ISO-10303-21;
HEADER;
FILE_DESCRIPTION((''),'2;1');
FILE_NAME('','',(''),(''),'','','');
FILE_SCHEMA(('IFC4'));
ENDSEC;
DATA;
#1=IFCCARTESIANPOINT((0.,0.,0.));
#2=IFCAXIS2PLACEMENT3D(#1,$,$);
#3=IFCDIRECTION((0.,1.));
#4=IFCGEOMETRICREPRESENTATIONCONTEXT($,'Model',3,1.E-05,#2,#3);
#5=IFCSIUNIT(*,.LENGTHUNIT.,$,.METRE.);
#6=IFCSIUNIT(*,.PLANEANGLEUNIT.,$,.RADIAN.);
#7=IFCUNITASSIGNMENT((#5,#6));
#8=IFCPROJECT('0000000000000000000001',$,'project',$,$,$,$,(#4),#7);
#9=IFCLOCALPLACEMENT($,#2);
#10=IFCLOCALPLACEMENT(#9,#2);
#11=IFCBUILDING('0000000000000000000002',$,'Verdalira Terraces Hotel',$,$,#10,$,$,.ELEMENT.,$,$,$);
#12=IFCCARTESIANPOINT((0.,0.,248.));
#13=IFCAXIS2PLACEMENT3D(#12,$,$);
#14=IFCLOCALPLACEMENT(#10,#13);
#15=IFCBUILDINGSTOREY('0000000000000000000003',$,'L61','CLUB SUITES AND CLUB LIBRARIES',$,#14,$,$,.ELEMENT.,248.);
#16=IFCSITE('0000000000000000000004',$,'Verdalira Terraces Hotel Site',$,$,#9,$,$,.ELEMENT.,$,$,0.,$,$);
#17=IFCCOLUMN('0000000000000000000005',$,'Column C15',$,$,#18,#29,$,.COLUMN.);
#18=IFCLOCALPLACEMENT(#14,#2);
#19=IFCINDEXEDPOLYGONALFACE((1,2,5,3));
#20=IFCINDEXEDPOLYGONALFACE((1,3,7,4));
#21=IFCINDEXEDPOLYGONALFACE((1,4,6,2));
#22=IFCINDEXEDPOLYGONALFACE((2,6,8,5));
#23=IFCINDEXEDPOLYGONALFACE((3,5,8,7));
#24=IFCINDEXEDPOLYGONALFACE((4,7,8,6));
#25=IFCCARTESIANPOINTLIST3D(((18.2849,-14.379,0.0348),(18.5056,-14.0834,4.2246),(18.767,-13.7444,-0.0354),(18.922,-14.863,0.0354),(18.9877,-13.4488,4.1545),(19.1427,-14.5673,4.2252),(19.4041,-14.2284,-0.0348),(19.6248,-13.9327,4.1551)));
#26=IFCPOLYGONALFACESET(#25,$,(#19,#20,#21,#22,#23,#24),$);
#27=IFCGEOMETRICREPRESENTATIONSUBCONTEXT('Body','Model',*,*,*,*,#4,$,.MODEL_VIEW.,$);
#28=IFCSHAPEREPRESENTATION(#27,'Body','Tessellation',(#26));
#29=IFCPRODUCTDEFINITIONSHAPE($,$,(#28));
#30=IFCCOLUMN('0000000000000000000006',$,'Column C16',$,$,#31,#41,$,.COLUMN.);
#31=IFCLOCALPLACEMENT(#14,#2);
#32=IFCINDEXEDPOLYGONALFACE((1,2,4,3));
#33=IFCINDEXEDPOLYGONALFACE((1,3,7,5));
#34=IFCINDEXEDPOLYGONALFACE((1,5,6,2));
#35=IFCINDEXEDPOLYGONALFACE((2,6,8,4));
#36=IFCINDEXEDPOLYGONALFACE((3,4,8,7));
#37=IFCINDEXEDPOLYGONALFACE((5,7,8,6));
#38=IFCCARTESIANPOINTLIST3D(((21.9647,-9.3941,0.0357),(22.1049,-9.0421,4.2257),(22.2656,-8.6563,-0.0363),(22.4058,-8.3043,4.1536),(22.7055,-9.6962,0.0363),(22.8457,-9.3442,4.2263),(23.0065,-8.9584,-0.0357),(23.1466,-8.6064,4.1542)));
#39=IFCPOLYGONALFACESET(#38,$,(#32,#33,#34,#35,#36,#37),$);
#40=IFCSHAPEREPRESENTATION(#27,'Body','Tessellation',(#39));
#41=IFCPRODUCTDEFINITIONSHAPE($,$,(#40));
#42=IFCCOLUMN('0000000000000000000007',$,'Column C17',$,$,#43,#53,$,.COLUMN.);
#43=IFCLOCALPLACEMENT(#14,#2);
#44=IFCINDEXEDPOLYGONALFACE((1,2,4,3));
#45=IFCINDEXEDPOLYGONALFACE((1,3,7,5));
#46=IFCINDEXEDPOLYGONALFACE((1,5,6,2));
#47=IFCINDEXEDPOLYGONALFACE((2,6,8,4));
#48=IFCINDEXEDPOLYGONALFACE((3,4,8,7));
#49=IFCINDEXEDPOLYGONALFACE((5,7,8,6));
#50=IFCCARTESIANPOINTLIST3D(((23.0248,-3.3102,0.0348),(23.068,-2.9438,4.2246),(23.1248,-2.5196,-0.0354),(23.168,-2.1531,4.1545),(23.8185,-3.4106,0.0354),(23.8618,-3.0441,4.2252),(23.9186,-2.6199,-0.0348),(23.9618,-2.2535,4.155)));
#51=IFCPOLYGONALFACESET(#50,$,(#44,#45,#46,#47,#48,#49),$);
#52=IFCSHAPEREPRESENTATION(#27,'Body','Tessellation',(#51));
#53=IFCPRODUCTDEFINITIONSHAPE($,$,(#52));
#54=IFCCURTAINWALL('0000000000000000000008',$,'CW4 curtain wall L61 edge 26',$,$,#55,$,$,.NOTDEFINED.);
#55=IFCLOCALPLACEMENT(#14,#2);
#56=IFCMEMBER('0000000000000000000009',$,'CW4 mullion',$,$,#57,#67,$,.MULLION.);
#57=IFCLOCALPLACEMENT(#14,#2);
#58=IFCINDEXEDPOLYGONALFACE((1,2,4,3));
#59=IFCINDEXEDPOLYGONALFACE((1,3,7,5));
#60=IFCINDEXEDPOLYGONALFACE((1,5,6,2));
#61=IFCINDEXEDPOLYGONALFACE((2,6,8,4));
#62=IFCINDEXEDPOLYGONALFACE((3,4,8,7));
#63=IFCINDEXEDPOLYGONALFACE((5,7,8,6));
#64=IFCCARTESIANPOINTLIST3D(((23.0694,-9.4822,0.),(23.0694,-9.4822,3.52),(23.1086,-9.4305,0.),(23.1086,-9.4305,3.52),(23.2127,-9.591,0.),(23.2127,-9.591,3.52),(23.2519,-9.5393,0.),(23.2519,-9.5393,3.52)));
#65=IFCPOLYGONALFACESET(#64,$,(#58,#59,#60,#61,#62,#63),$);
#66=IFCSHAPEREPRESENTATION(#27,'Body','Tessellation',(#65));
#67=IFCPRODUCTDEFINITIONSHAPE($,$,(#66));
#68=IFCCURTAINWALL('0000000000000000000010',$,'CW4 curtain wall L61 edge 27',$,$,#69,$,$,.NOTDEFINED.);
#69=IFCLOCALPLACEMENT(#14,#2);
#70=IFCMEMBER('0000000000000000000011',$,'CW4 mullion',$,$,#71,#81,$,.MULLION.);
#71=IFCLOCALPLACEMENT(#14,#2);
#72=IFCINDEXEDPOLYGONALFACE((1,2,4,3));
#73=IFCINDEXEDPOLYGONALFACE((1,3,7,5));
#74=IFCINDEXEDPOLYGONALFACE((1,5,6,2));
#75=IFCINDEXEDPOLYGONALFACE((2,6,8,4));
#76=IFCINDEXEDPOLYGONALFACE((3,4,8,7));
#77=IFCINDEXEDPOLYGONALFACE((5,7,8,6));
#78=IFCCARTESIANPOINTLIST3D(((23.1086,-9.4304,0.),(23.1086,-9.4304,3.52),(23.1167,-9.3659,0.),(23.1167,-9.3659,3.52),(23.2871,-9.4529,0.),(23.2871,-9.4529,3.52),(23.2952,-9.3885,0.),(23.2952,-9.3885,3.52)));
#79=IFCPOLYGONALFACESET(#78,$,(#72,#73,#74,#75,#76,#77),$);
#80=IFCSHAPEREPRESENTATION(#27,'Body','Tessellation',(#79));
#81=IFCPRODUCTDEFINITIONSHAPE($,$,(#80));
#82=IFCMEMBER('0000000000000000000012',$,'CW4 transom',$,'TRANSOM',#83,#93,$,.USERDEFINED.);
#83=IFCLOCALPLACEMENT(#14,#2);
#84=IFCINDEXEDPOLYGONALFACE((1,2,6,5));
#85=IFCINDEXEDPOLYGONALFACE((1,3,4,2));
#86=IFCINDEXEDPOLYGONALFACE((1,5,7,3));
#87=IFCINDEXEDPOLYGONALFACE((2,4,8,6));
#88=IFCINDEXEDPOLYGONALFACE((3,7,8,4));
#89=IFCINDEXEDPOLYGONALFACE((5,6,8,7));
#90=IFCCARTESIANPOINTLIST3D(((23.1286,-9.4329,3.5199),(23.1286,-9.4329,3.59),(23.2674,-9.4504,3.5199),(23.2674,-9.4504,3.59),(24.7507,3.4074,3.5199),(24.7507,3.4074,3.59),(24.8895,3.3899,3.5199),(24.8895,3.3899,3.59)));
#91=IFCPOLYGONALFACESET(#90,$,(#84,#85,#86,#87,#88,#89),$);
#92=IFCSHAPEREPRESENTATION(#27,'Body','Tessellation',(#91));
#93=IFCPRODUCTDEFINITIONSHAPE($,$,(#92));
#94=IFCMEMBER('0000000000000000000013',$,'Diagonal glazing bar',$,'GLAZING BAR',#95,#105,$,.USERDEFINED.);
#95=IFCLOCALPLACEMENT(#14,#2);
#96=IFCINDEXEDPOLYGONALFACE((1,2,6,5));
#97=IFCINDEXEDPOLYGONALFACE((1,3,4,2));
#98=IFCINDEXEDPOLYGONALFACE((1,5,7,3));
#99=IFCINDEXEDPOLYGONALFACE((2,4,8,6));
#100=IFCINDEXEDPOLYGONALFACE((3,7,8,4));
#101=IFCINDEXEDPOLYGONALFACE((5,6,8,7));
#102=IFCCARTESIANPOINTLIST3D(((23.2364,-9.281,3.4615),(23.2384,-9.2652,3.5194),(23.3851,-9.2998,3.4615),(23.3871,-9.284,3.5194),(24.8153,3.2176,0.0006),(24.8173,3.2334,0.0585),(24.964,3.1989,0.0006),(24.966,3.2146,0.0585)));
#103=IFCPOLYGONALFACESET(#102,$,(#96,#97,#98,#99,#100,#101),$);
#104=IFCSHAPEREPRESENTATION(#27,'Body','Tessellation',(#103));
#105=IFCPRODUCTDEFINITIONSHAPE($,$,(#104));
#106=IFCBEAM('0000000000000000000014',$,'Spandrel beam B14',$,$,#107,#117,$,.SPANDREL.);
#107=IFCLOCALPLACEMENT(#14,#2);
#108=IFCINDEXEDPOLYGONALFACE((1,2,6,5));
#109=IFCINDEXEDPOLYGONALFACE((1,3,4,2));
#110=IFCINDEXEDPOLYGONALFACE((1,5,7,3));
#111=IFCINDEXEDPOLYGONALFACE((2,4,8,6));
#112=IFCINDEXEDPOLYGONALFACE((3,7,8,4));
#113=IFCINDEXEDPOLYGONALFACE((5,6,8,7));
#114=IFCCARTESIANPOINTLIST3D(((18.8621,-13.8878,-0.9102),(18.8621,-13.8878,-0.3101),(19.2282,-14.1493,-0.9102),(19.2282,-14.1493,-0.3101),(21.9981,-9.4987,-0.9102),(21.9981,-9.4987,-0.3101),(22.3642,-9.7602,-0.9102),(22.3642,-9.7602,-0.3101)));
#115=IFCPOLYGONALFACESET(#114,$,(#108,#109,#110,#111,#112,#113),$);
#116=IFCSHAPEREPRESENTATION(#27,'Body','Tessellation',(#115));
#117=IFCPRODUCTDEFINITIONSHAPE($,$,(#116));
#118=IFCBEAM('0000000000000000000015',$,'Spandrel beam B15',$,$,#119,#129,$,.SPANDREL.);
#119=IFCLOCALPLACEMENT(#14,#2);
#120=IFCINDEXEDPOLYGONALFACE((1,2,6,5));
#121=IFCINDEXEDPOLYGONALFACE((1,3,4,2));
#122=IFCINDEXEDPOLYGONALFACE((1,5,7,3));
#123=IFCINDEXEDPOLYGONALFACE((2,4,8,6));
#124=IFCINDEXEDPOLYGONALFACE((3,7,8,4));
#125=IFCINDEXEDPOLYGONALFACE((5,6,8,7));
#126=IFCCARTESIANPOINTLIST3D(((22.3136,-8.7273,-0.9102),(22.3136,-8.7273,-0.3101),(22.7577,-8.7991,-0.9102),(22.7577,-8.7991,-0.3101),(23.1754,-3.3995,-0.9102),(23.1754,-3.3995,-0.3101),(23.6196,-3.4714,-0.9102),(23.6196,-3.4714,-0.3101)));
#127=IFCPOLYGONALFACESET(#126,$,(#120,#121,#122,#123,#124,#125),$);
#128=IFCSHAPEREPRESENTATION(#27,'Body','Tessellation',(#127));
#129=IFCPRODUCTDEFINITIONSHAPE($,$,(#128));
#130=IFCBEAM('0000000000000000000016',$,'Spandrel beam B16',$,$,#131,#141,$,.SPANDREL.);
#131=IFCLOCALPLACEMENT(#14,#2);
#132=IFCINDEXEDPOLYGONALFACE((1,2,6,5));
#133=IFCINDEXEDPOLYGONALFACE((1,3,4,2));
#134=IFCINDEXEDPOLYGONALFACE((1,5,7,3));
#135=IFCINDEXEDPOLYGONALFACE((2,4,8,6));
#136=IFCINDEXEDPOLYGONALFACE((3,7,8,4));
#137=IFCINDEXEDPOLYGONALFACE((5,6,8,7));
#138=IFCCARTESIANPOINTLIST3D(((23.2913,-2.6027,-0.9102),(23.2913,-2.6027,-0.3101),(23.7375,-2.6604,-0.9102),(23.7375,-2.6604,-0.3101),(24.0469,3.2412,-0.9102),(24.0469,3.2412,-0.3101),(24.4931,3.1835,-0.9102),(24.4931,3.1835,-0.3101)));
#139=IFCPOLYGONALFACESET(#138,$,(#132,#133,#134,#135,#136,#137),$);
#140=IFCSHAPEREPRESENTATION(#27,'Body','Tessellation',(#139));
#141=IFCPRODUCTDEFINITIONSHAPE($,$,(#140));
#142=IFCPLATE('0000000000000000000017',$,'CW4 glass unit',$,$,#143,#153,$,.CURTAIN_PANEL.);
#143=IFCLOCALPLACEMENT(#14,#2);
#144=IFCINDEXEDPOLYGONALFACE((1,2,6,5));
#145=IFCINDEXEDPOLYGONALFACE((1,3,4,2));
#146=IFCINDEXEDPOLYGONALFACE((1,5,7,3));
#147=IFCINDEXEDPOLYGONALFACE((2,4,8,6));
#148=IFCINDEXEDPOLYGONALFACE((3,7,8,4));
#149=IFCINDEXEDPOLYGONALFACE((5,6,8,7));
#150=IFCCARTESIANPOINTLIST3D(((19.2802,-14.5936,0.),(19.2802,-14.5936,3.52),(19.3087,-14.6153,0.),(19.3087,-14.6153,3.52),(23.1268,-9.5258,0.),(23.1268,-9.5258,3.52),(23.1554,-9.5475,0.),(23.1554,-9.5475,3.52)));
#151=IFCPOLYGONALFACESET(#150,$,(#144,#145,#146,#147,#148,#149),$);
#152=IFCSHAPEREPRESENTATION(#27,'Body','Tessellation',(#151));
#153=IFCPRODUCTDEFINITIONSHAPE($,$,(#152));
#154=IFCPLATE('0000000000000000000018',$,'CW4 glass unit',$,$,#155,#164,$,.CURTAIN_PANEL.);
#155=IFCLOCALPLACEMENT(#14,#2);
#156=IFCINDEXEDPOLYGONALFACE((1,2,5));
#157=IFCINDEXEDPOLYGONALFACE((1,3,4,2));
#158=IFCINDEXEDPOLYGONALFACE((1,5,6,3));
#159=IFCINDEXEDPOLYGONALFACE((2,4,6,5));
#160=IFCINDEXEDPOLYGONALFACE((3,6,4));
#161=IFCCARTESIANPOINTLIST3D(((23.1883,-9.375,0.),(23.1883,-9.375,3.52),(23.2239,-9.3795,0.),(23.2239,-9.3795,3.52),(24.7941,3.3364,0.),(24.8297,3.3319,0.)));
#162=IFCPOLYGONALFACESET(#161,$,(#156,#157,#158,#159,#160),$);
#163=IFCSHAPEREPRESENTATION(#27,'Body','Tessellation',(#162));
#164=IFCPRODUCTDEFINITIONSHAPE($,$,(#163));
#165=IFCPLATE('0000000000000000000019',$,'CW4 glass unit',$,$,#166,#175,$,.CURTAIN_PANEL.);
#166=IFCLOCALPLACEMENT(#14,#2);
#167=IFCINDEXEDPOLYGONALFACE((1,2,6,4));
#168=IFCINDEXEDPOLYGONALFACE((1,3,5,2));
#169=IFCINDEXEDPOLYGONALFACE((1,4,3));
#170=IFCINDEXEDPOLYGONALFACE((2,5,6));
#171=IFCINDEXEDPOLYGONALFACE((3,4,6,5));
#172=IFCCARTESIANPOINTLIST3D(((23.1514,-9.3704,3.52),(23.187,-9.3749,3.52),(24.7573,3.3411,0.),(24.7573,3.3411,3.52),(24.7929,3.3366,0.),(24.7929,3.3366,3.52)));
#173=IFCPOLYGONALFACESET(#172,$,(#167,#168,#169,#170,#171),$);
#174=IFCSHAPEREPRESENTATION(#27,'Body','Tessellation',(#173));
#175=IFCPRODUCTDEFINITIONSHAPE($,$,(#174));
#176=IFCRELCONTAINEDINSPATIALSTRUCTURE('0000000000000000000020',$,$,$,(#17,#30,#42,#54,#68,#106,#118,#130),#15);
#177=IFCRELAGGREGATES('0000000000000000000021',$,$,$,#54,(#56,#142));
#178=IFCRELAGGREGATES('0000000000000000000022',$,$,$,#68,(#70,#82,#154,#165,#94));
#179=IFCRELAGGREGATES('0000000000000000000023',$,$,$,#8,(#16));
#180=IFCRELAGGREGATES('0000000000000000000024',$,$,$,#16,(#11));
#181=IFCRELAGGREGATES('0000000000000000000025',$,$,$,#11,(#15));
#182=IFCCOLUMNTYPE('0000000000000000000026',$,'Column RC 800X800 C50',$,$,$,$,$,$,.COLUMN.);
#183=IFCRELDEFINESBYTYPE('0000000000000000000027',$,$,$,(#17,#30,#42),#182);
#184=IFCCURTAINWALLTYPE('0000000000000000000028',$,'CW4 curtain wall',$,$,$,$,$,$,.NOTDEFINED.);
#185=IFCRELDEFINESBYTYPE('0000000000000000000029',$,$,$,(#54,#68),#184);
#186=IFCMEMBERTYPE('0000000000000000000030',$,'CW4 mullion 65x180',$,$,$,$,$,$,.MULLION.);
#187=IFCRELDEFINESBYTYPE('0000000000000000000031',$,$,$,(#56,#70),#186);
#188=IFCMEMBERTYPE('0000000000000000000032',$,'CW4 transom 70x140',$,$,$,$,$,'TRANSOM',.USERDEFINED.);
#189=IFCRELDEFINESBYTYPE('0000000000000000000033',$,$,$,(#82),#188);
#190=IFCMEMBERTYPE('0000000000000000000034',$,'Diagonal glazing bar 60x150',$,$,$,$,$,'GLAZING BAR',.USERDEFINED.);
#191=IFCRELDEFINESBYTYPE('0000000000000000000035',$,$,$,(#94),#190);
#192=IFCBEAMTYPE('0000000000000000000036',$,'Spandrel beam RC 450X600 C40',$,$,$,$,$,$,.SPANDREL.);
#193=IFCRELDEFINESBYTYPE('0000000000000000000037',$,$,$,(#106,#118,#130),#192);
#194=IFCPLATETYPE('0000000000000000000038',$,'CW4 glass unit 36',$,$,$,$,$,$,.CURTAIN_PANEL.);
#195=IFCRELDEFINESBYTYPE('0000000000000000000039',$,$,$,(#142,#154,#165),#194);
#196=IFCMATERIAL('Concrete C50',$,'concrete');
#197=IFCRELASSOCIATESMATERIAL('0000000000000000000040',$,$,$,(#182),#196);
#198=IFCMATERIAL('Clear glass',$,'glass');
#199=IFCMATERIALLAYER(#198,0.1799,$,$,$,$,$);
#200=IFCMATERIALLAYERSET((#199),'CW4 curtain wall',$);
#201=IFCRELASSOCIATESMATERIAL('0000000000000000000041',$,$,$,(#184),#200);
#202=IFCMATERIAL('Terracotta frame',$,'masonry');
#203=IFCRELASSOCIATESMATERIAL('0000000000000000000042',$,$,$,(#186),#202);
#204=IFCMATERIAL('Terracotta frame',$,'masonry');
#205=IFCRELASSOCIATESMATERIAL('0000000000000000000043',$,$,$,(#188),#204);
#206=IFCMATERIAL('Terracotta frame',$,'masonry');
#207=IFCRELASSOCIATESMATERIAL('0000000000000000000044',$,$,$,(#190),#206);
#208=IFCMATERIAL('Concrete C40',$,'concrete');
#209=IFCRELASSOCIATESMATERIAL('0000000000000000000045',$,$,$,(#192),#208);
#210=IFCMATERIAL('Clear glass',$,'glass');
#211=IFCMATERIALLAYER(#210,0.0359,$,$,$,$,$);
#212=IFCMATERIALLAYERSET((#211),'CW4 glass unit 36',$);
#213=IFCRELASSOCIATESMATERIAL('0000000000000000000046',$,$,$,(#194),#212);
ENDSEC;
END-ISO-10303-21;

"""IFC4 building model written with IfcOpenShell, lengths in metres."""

from ifc_helpers import new_model, si_unit, direction, frame, origin, origin_2d, place, context, subcontext, project, spatial, polyline, rectangle, outline, extrude, material, layer, layer_set, material_profile, profile_set, type_object, element, aggregate, save


model = new_model("IFC4")

# Units and contexts
model_context = context("Model", 3, precision=1e-05, world=origin(), true_north=direction((0.0, 1.0)))
body_context = subcontext(model_context, "Body", "Model", "MODEL_VIEW")
ifc_project = project(units=[si_unit("LENGTHUNIT", "METRE"), si_unit("PLANEANGLEUNIT", "RADIAN")], contexts=[model_context])

# Site, building, storey
site_placement = place(None, origin())
site = spatial("IfcSite", under=ifc_project, at=site_placement, Name="Verdalira Terraces Hotel Site", CompositionType="ELEMENT", RefElevation=0.0)
building_placement = place(site_placement, origin())
building = spatial("IfcBuilding", under=site, at=building_placement, Name="Verdalira Terraces Hotel", CompositionType="ELEMENT")
storey_placement = place(building_placement, frame((0.0, 0.0, 248.0)))
storey = spatial("IfcBuildingStorey", under=building, at=storey_placement, Name="L61", Description="CLUB SUITES AND CLUB LIBRARIES", CompositionType="ELEMENT", Elevation=248.0)

# Columns
ifc_material_1 = material(Name="Concrete C50", Category="concrete")
ifc_material_profile_1 = material_profile(ifc_material_1, rectangle(XDim=0.8, YDim=0.8, at=origin_2d()), Name="RC 800X800")
ifc_profile_set_1 = profile_set([ifc_material_profile_1], Name="Concrete C50")
column_type = type_object("IfcColumnType", Name="Column RC 800X800 C50", PredefinedType="COLUMN", material=ifc_profile_set_1)
column_1_placement = place(storey_placement, frame((18.8445, -14.3037, 0.0), z_axis=(0.052471, 0.070291, 0.996146), x_axis=(0.602612, 0.7932, -0.087713)))
element("IfcColumn", 1, at=column_1_placement, inside=storey, type_object=column_type, Name="Column C15", PredefinedType="COLUMN", context=body_context, shape_type="SweptSolid", body=[
    extrude(rectangle(XDim=0.8, YDim=0.8, at=origin_2d()), origin(), (0.0, 0.0, 1.0), 4.2061),
])
column_2_placement = place(storey_placement, frame((22.4856, -9.1763, 0.0), z_axis=(0.03331, 0.083681, 0.995936), x_axis=(-0.376135, -0.922177, 0.090064)))
element("IfcColumn", 2, at=column_2_placement, inside=storey, type_object=column_type, Name="Column C16", PredefinedType="COLUMN", context=body_context, shape_type="SweptSolid", body=[
    extrude(rectangle(XDim=0.8, YDim=0.8, at=origin_2d()), origin(), (0.0, 0.0, 1.0), 4.207),
])
column_3_placement = place(storey_placement, frame((23.4717, -2.9651, 0.0), z_axis=(0.010274, 0.087123, 0.996145), x_axis=(0.125007, 0.98827, -0.087724)))
element("IfcColumn", 3, at=column_3_placement, inside=storey, type_object=column_type, Name="Column C17", PredefinedType="COLUMN", context=body_context, shape_type="SweptSolid", body=[
    extrude(rectangle(XDim=0.8, YDim=0.8, at=origin_2d()), origin(), (0.0, 0.0, 1.0), 4.2061),
])

# Curtain wall, member
ifc_material_2 = material(Name="Clear glass", Category="glass")
ifc_layer_1 = layer(ifc_material_2, 0.1799)
ifc_layer_set_1 = layer_set([ifc_layer_1], Name="CW4 curtain wall")
curtain_wall_type = type_object("IfcCurtainWallType", Name="CW4 curtain wall", PredefinedType="NOTDEFINED", material=ifc_layer_set_1)
curtain_wall_1_placement = place(storey_placement, origin())
curtain_wall_1 = element("IfcCurtainWall", 4, at=curtain_wall_1_placement, inside=storey, type_object=curtain_wall_type, Name="CW4 curtain wall L61 edge 26", PredefinedType="NOTDEFINED")
ifc_material_3 = material(Name="Terracotta frame", Category="masonry")
ifc_material_profile_2 = material_profile(ifc_material_3, rectangle(XDim=0.0649, YDim=0.1799, at=origin_2d()), Name="MU 65x180")
ifc_profile_set_2 = profile_set([ifc_material_profile_2], Name="Terracotta frame")
member_type_1 = type_object("IfcMemberType", Name="CW4 mullion 65x180", PredefinedType="MULLION", material=ifc_profile_set_2)
member_1_placement = place(storey_placement, frame((23.1606, -9.5107, 0.0), z_axis=(0.0, 0.0, 1.0), x_axis=(0.604599, 0.79653, 0.0)))
member_1 = element("IfcMember", 5, at=member_1_placement, type_object=member_type_1, Name="CW4 mullion", PredefinedType="MULLION", context=body_context, shape_type="SweptSolid", body=[
    extrude(rectangle(XDim=0.0649, YDim=0.1799, at=origin_2d()), origin(), (0.0, 0.0, 1.0), 3.52),
])

# Curtain wall, members
curtain_wall_2_placement = place(storey_placement, origin())
curtain_wall_2 = element("IfcCurtainWall", 6, at=curtain_wall_2_placement, inside=storey, type_object=curtain_wall_type, Name="CW4 curtain wall L61 edge 27", PredefinedType="NOTDEFINED")
member_2_placement = place(storey_placement, frame((23.2019, -9.4094, 0.0), z_axis=(0.0, 0.0, 1.0), x_axis=(0.125333, 0.992115, 0.0)))
member_2 = element("IfcMember", 7, at=member_2_placement, type_object=member_type_1, Name="CW4 mullion", PredefinedType="MULLION", context=body_context, shape_type="SweptSolid", body=[
    extrude(rectangle(XDim=0.0649, YDim=0.1799, at=origin_2d()), origin(), (0.0, 0.0, 1.0), 3.52),
])
ifc_material_4 = material(Name="Terracotta frame", Category="masonry")
ifc_material_profile_3 = material_profile(ifc_material_4, rectangle(XDim=0.1399, YDim=0.0701, at=origin_2d()), Name="TR 70x140")
ifc_profile_set_3 = profile_set([ifc_material_profile_3], Name="Terracotta frame")
member_type_2 = type_object("IfcMemberType", Name="CW4 transom 70x140", ElementType="TRANSOM", PredefinedType="USERDEFINED", material=ifc_profile_set_3)
member_3_placement = place(storey_placement, frame((23.198, -9.4416, 3.5549), z_axis=(0.12533, 0.992115, 0.0), x_axis=(-0.992115, 0.12533, 0.0)))
member_3 = element("IfcMember", 8, at=member_3_placement, type_object=member_type_2, Name="CW4 transom", ObjectType="TRANSOM", PredefinedType="USERDEFINED", context=body_context, shape_type="SweptSolid", body=[
    extrude(rectangle(XDim=0.1399, YDim=0.0701, at=origin_2d()), origin(), (0.0, 0.0, 1.0), 12.9424),
])
ifc_material_5 = material(Name="Terracotta frame", Category="masonry")
ifc_material_profile_4 = material_profile(ifc_material_5, rectangle(XDim=0.1499, YDim=0.0601, at=origin_2d()), Name="GB 60x150")
ifc_profile_set_4 = profile_set([ifc_material_profile_4], Name="Terracotta frame")
member_type_3 = type_object("IfcMemberType", Name="Diagonal glazing bar 60x150", ElementType="GLAZING BAR", PredefinedType="USERDEFINED", material=ifc_profile_set_4)
member_4_placement = place(storey_placement, frame((23.3118, -9.2825, 3.4905), z_axis=(0.12085, 0.95667, -0.264909), x_axis=(-0.992115, 0.125327, 0.0)))
member_4 = element("IfcMember", 9, at=member_4_placement, type_object=member_type_3, Name="Diagonal glazing bar", ObjectType="GLAZING BAR", PredefinedType="USERDEFINED", context=body_context, shape_type="SweptSolid", body=[
    extrude(rectangle(XDim=0.1499, YDim=0.0601, at=origin_2d()), origin(), (0.0, 0.0, 1.0), 13.0647),
])

# Beams
ifc_material_6 = material(Name="Concrete C40", Category="concrete")
ifc_material_profile_5 = material_profile(ifc_material_6, rectangle(XDim=0.45, YDim=0.6001, at=origin_2d()), Name="RC 450X600")
ifc_profile_set_5 = profile_set([ifc_material_profile_5], Name="Concrete C40")
beam_type = type_object("IfcBeamType", Name="Spandrel beam RC 450X600 C40", PredefinedType="SPANDREL", material=ifc_profile_set_5)
beam_1_placement = place(storey_placement, frame((19.0452, -14.0186, -0.6101), z_axis=(0.581345, 0.813657, 0.0), x_axis=(-0.813657, 0.581345, 0.0)))
element("IfcBeam", 10, at=beam_1_placement, inside=storey, type_object=beam_type, Name="Spandrel beam B14", PredefinedType="SPANDREL", context=body_context, shape_type="SweptSolid", body=[
    extrude(rectangle(XDim=0.45, YDim=0.6001, at=origin_2d()), origin(), (0.0, 0.0, 1.0), 5.3943),
])
beam_2_placement = place(storey_placement, frame((22.5356, -8.7632, -0.6101), z_axis=(0.159688, 0.987168, 0.0), x_axis=(-0.987168, 0.159688, 0.0)))
element("IfcBeam", 11, at=beam_2_placement, inside=storey, type_object=beam_type, Name="Spandrel beam B15", PredefinedType="SPANDREL", context=body_context, shape_type="SweptSolid", body=[
    extrude(rectangle(XDim=0.45, YDim=0.6001, at=origin_2d()), origin(), (0.0, 0.0, 1.0), 5.397),
])
beam_3_placement = place(storey_placement, frame((23.5144, -2.6316, -0.6101), z_axis=(0.12823, 0.991744, 0.0), x_axis=(-0.991744, 0.12823, 0.0)))
element("IfcBeam", 12, at=beam_3_placement, inside=storey, type_object=beam_type, Name="Spandrel beam B16", PredefinedType="SPANDREL", context=body_context, shape_type="SweptSolid", body=[
    extrude(rectangle(XDim=0.45, YDim=0.6001, at=origin_2d()), origin(), (0.0, 0.0, 1.0), 5.8926),
])

# Plates
ifc_material_7 = material(Name="Clear glass", Category="glass")
ifc_layer_2 = layer(ifc_material_7, 0.0359)
ifc_layer_set_2 = layer_set([ifc_layer_2], Name="CW4 glass unit 36")
plate_type = type_object("IfcPlateType", Name="CW4 glass unit 36", PredefinedType="CURTAIN_PANEL", material=ifc_layer_set_2)
plate_1_placement = place(storey_placement, frame((21.2178, -12.0706, 0.0), z_axis=(0.0, 0.0, 1.0), x_axis=(0.604599, 0.79653, 0.0)))
plate_1 = element("IfcPlate", 13, at=plate_1_placement, type_object=plate_type, Name="CW4 glass unit", PredefinedType="CURTAIN_PANEL", context=body_context, shape_type="SweptSolid", body=[
    extrude(rectangle(XDim=6.3623, YDim=0.0359, at=origin_2d()), origin(), (0.0, 0.0, 1.0), 3.52),
])
aggregate(curtain_wall_1, [member_1, plate_1])
plate_2_placement = place(storey_placement, frame((23.9912, -3.0193, 1.76), z_axis=(0.992115, -0.125333, 0.0), x_axis=(0.125333, 0.992115, 0.0)))
plate_2 = element("IfcPlate", 14, at=plate_2_placement, type_object=plate_type, Name="CW4 glass unit", PredefinedType="CURTAIN_PANEL", context=body_context, shape_type="SweptSolid", body=[
    extrude(outline(polyline([(-6.4062, -1.76), (6.4062, -1.76), (-6.4062, 1.76), (-6.4062, -1.76)])), origin(), (0.0, 0.0, 1.0), 0.0359),
])
plate_3_placement = place(storey_placement, frame((23.9543, -3.0146, 1.76), z_axis=(0.992115, -0.125333, 0.0), x_axis=(0.125333, 0.992115, 0.0)))
plate_3 = element("IfcPlate", 15, at=plate_3_placement, type_object=plate_type, Name="CW4 glass unit", PredefinedType="CURTAIN_PANEL", context=body_context, shape_type="SweptSolid", body=[
    extrude(outline(polyline([(6.4062, -1.76), (6.4062, 1.76), (-6.4062, 1.76), (6.4062, -1.76)])), origin(), (0.0, 0.0, 1.0), 0.0359),
])
aggregate(curtain_wall_2, [member_2, member_3, plate_2, plate_3, member_4])

save(model, "model.ifc")
